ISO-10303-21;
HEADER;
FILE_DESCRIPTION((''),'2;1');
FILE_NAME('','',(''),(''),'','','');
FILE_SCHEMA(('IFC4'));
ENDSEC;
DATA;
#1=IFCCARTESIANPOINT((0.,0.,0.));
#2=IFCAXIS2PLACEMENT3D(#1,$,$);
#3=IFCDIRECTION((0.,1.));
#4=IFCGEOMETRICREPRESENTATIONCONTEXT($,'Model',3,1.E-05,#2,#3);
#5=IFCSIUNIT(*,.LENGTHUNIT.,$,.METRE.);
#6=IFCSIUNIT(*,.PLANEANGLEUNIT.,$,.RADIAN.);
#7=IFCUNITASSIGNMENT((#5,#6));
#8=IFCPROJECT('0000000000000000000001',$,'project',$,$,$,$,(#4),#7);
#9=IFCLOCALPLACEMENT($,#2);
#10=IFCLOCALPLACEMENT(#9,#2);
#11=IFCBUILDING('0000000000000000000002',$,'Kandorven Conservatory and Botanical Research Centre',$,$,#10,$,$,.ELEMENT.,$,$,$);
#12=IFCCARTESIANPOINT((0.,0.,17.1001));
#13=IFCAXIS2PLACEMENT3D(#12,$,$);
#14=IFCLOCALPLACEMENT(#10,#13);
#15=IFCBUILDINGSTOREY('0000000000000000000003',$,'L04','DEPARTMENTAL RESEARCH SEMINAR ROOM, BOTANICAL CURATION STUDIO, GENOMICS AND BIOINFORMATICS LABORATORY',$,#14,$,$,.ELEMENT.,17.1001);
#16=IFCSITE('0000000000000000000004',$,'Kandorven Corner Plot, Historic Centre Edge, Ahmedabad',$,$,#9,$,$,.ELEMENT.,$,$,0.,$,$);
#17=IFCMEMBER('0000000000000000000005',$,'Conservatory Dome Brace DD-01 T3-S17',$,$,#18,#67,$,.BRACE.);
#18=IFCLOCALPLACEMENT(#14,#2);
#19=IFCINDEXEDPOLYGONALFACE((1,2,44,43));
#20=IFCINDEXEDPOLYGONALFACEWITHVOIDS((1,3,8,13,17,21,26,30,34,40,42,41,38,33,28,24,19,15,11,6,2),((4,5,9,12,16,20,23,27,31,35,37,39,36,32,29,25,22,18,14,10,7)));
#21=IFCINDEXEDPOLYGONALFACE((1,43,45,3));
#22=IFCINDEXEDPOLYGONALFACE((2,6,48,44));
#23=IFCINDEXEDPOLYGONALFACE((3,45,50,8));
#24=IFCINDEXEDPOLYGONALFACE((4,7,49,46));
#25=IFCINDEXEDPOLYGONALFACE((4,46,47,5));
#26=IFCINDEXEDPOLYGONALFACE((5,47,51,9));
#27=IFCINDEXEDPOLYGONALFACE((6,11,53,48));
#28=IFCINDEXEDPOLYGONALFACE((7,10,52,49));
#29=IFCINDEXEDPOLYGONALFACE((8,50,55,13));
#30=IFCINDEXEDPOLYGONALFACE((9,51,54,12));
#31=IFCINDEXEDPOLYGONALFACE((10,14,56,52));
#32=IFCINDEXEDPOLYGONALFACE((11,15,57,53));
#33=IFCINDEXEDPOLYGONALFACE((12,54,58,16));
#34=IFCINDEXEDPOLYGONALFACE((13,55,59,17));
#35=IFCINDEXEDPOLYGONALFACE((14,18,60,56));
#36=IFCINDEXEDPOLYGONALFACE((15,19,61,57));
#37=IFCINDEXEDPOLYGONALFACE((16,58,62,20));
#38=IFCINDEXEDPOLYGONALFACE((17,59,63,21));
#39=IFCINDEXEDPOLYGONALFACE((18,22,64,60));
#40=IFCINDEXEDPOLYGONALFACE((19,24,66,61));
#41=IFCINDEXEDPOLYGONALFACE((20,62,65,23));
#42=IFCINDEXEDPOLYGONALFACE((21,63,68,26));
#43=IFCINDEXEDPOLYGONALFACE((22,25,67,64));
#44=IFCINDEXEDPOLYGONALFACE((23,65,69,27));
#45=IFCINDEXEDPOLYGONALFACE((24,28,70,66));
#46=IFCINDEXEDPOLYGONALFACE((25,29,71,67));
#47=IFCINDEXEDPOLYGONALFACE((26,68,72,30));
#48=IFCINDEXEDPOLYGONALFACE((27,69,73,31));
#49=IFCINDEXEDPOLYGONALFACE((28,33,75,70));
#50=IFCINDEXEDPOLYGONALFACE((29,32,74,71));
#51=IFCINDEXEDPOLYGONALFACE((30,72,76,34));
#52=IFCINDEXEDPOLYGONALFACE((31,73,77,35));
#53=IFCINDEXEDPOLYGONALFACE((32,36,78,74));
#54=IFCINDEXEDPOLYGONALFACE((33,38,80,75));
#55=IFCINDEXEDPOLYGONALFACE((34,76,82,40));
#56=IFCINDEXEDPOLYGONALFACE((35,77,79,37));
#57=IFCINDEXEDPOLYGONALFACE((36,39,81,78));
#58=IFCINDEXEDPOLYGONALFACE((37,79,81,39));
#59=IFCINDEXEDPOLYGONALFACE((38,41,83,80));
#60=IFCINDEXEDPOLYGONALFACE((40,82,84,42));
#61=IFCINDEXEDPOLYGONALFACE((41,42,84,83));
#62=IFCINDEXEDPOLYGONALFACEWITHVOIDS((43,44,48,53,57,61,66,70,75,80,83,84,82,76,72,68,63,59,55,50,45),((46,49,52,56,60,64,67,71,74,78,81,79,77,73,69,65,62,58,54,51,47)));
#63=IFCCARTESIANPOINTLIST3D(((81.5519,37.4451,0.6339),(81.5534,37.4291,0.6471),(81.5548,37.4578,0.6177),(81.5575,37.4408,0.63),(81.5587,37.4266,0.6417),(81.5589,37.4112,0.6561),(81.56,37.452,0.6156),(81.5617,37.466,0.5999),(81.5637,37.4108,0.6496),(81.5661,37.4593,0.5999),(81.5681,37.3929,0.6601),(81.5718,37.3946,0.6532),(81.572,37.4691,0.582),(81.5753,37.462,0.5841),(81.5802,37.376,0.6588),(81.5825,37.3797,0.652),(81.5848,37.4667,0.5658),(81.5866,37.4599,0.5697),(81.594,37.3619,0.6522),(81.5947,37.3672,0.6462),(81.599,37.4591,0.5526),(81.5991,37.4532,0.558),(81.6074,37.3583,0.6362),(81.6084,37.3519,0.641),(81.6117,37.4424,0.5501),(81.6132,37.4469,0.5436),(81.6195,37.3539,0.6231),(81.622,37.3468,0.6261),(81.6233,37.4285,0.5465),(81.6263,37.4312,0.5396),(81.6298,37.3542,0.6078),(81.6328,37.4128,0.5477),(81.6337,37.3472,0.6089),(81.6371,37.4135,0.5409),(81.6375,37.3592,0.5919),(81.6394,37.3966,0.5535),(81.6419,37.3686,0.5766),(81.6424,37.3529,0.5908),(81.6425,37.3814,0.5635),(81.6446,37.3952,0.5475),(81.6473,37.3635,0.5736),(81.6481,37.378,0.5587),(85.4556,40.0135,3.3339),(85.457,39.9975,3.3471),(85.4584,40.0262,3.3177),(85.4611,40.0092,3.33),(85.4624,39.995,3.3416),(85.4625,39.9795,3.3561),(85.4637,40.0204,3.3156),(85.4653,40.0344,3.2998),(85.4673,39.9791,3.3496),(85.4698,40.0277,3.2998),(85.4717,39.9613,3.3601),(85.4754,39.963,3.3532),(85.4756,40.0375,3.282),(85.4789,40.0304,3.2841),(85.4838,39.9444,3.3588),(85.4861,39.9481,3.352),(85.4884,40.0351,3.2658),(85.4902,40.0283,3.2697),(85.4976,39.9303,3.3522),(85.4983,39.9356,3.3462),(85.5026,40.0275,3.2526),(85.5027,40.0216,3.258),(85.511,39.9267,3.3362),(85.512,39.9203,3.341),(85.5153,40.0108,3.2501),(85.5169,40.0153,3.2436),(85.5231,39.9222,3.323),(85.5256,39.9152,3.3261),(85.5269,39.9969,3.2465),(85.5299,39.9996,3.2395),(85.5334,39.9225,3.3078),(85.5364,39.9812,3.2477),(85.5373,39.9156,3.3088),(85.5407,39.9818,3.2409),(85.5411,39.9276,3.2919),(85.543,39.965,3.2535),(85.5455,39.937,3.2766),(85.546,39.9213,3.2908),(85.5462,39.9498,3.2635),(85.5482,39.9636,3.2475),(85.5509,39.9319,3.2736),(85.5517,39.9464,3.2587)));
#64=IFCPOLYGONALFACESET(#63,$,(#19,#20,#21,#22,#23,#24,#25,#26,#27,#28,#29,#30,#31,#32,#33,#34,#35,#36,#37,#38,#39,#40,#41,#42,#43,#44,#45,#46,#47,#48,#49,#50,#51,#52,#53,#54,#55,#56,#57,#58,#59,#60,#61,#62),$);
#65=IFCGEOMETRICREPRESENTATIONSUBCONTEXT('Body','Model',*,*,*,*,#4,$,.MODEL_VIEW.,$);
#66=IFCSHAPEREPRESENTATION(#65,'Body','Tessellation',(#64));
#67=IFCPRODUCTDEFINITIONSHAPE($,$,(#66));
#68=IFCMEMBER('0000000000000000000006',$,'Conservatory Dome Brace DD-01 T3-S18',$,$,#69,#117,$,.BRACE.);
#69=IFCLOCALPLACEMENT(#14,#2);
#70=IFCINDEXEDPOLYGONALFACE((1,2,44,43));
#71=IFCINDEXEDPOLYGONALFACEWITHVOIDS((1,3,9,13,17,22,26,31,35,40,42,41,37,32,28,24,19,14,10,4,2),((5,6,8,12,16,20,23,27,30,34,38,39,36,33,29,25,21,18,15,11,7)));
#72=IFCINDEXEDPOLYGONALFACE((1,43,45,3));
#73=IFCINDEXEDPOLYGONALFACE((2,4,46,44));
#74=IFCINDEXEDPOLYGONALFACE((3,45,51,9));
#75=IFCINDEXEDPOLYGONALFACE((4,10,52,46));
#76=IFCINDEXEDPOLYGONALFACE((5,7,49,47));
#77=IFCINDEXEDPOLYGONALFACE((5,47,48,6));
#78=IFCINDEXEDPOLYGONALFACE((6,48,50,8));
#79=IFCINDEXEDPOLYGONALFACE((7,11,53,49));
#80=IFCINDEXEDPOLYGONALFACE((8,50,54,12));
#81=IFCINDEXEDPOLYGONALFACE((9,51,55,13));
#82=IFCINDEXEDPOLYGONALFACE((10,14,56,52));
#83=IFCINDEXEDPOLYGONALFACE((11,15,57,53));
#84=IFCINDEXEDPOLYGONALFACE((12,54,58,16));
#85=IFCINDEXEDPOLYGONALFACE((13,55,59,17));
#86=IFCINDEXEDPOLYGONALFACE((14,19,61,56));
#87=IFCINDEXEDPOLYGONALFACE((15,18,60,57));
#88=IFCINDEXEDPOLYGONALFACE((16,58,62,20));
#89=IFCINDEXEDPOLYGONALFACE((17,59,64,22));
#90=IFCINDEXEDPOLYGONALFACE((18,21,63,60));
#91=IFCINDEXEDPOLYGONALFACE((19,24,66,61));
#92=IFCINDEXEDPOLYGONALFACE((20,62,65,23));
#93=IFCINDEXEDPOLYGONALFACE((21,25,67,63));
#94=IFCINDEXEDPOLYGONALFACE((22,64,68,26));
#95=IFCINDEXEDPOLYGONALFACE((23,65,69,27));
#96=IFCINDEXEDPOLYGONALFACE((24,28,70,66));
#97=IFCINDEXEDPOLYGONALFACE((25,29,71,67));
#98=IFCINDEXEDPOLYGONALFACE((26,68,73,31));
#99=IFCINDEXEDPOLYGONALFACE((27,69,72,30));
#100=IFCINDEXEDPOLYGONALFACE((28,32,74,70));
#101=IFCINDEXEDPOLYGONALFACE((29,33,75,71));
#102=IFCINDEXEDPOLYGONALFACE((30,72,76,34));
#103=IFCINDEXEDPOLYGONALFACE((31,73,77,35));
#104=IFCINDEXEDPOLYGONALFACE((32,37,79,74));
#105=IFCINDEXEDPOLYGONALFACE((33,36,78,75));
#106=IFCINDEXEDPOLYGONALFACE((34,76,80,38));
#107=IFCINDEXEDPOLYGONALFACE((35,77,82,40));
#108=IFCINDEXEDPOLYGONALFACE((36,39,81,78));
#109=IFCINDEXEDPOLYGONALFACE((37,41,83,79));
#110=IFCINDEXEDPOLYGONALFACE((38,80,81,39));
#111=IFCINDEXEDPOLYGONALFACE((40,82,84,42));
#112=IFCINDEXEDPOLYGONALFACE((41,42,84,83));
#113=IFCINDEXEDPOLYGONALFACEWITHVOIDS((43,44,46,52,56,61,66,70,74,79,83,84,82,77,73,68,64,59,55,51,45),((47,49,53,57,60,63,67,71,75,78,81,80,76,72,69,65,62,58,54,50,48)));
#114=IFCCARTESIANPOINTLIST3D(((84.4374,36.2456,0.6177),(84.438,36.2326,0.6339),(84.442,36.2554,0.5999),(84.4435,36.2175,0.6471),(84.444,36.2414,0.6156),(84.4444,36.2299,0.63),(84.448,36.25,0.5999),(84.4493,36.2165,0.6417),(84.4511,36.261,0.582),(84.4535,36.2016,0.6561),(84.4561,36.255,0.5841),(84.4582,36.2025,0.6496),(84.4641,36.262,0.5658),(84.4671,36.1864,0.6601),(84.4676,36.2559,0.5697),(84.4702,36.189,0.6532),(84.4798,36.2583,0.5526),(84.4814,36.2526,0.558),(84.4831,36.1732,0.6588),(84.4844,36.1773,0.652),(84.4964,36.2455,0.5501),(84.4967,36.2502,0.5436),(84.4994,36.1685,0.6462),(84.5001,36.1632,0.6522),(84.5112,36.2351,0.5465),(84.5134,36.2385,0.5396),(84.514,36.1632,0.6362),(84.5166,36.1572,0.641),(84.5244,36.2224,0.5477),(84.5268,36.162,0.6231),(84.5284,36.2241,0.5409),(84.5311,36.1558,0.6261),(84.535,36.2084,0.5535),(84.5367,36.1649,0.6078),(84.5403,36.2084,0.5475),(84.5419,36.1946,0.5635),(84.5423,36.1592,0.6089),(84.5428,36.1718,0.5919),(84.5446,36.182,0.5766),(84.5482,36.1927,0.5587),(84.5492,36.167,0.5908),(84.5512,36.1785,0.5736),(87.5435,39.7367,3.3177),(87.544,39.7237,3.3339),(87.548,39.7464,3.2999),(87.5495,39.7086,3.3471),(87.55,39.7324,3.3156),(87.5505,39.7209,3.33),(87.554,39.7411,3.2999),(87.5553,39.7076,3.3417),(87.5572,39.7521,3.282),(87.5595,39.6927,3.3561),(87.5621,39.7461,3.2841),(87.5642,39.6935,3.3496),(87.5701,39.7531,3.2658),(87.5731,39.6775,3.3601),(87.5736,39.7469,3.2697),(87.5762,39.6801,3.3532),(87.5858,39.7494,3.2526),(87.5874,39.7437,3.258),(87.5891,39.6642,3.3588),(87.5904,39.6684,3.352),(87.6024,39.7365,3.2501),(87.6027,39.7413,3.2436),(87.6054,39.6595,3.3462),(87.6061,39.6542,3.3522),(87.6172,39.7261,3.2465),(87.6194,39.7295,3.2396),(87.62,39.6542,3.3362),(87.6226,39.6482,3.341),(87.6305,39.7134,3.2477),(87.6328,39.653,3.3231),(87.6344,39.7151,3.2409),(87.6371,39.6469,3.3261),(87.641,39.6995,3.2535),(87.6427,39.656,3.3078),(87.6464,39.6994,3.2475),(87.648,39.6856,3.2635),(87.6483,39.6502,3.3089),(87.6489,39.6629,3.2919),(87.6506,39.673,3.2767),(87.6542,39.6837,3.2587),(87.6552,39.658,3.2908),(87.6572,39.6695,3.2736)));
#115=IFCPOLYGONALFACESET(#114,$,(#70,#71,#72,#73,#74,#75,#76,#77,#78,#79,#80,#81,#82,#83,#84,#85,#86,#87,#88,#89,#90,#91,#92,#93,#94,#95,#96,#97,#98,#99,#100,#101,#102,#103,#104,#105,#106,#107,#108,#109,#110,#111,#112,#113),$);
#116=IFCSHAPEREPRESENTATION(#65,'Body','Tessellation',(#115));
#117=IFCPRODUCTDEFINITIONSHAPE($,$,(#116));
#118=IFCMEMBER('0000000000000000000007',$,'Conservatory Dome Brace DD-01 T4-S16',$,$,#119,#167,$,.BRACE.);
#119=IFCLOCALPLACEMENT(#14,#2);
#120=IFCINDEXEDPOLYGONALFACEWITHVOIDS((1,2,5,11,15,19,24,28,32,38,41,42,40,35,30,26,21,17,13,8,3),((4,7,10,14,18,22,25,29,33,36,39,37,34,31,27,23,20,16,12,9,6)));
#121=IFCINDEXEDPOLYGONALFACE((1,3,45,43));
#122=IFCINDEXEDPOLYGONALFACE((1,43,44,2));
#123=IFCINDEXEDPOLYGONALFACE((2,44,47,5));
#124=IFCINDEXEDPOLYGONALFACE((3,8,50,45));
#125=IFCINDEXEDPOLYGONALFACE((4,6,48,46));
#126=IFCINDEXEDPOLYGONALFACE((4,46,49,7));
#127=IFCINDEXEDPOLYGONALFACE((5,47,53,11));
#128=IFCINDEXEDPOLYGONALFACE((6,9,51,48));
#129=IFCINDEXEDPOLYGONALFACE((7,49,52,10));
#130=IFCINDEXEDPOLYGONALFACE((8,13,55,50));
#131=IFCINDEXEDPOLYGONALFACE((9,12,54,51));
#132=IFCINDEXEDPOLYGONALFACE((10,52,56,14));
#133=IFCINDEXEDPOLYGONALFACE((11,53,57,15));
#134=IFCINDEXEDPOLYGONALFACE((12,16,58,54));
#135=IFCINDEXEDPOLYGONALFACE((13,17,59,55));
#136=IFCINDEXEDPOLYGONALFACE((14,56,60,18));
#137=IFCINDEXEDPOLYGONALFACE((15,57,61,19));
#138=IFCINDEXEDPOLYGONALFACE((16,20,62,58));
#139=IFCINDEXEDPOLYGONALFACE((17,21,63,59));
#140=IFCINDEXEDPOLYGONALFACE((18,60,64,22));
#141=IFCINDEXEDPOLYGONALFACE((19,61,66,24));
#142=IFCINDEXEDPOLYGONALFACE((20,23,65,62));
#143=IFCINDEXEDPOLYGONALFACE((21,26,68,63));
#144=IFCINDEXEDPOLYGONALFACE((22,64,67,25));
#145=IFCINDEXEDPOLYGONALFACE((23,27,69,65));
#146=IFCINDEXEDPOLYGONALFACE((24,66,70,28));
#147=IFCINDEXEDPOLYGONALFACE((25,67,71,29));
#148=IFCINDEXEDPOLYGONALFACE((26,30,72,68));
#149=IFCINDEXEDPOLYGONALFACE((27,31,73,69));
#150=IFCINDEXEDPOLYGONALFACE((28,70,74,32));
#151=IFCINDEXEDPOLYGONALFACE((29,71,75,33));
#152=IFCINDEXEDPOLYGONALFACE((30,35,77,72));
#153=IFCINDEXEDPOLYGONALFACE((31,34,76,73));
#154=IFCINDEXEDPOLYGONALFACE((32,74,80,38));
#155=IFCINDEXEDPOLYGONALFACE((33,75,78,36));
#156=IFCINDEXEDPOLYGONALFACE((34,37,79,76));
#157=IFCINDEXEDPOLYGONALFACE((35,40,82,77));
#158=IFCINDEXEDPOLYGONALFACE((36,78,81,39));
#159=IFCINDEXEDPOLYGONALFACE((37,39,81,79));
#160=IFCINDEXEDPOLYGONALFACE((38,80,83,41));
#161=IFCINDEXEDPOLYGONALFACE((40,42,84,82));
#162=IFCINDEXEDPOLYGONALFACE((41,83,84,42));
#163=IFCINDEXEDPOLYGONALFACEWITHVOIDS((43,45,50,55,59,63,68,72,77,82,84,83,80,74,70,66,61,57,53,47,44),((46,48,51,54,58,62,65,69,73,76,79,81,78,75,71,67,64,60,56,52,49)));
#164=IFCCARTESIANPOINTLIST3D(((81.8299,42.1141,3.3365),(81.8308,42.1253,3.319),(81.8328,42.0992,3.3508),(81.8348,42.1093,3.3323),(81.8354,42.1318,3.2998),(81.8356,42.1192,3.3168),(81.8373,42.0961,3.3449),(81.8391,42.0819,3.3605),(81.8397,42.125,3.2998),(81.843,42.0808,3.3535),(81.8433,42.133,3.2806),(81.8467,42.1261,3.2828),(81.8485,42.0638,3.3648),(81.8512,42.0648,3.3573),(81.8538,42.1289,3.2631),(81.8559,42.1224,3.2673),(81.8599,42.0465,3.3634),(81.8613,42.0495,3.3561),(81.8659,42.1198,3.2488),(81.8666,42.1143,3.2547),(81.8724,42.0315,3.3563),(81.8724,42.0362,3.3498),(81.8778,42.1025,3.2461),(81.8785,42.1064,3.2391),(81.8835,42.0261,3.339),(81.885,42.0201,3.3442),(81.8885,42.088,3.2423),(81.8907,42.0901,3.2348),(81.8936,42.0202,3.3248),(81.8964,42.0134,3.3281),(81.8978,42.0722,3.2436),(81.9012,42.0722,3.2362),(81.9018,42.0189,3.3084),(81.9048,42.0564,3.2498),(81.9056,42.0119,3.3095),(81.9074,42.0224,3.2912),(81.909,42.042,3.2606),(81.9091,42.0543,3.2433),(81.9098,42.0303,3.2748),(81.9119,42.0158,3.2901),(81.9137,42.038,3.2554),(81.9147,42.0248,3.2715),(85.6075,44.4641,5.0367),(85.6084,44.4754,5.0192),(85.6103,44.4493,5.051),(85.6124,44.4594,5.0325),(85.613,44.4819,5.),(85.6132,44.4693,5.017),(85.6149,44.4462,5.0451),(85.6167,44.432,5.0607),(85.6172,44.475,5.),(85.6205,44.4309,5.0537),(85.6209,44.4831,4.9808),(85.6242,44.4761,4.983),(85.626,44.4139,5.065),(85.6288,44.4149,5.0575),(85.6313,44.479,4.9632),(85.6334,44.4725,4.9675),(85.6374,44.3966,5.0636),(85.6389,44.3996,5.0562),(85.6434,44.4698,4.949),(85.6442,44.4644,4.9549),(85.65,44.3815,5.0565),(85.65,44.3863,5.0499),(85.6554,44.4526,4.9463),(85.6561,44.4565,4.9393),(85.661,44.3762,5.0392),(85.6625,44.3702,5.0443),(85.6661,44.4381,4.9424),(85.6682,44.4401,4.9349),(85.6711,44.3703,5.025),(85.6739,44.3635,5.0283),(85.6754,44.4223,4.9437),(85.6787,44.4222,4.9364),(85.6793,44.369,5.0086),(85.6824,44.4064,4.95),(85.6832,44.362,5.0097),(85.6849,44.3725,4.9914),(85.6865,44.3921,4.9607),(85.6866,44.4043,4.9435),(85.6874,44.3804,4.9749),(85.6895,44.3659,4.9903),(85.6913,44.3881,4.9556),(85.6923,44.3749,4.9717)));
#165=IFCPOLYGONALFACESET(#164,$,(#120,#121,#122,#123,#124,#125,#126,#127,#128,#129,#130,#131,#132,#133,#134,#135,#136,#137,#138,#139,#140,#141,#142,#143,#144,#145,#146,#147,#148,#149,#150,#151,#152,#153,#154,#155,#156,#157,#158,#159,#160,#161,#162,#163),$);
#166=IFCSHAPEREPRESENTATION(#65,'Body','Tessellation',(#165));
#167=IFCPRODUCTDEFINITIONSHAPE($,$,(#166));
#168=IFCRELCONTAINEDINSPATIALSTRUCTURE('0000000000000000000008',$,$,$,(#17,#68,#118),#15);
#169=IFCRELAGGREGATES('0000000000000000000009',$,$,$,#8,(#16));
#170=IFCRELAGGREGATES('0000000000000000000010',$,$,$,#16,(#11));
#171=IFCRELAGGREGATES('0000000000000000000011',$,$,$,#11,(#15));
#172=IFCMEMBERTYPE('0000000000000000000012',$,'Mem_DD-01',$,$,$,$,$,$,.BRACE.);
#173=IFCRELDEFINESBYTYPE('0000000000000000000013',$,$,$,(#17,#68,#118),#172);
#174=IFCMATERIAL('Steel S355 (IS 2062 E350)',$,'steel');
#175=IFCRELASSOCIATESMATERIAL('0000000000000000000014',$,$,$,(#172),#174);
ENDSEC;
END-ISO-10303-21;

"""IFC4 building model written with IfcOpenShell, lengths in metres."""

from ifc_helpers import new_model, si_unit, direction, frame, origin, origin_2d, place, context, subcontext, project, spatial, hollow_circle, extrude, material, material_profile, profile_set, type_object, element, save


model = new_model("IFC4")

# Units and contexts
model_context = context("Model", 3, precision=1e-05, world=origin(), true_north=direction((0.0, 1.0)))
body_context = subcontext(model_context, "Body", "Model", "MODEL_VIEW")
ifc_project = project(units=[si_unit("LENGTHUNIT", "METRE"), si_unit("PLANEANGLEUNIT", "RADIAN")], contexts=[model_context])

# Site, building, storey
site_placement = place(None, origin())
site = spatial("IfcSite", under=ifc_project, at=site_placement, Name="Kandorven Corner Plot, Historic Centre Edge, Ahmedabad", CompositionType="ELEMENT", RefElevation=0.0)
building_placement = place(site_placement, origin())
building = spatial("IfcBuilding", under=site, at=building_placement, Name="Kandorven Conservatory and Botanical Research Centre", CompositionType="ELEMENT")
storey_placement = place(building_placement, frame((0.0, 0.0, 17.1001)))
storey = spatial("IfcBuildingStorey", under=building, at=storey_placement, Name="L04", Description="DEPARTMENTAL RESEARCH SEMINAR ROOM, BOTANICAL CURATION STUDIO, GENOMICS AND BIOINFORMATICS LABORATORY", CompositionType="ELEMENT", Elevation=17.1001)

# Members
ifc_material_1 = material(Name="Steel S355 (IS 2062 E350)", Category="steel")
ifc_material_profile_1 = material_profile(ifc_material_1, hollow_circle(Radius=0.0698, WallThickness=0.0081, at=origin_2d()))
ifc_profile_set_1 = profile_set([ifc_material_profile_1], Name="Steel S355 (IS 2062 E350)")
member_type_1 = type_object("IfcMemberType", Name="Mem_DD-01", PredefinedType="BRACE", material=ifc_profile_set_1)
for number, where, z_axis, x_axis, name in (
    (1, (81.6001, 37.4077, 0.5999), (0.723329, 0.475916, 0.5003), (-0.54965, 0.835395, 0.0), "Conservatory Dome Brace DD-01 T3-S17"),
    (2, (84.4941, 36.209, 0.5999), (0.575537, 0.64688, 0.500304), (-0.747104, 0.664708, 0.0), "Conservatory Dome Brace DD-01 T3-S18"),
):
    element("IfcMember", number, at=place(storey_placement, frame(where, z_axis=z_axis, x_axis=x_axis)), inside=storey, type_object=member_type_1, Name=name, PredefinedType="BRACE", context=body_context, shape_type="SweptSolid", body=[
        extrude(hollow_circle(Radius=0.0698, WallThickness=0.0081, at=origin_2d()), origin(), (0.0, 0.0, 1.0), 5.3967),
    ])
for number, where, z_axis, x_axis, name in (
    (3, (81.8723, 42.0725, 3.2998), (0.793153, 0.493433, 0.356978), (-0.528237, 0.849097, 0.0), "Conservatory Dome Brace DD-01 T4-S16"),
):
    element("IfcMember", number, at=place(storey_placement, frame(where, z_axis=z_axis, x_axis=x_axis)), inside=storey, type_object=member_type_1, Name=name, PredefinedType="BRACE", context=body_context, shape_type="SweptSolid", body=[
        extrude(hollow_circle(Radius=0.0698, WallThickness=0.0081, at=origin_2d()), origin(), (0.0, 0.0, 1.0), 4.7627),
    ])

save(model, "model.ifc")
